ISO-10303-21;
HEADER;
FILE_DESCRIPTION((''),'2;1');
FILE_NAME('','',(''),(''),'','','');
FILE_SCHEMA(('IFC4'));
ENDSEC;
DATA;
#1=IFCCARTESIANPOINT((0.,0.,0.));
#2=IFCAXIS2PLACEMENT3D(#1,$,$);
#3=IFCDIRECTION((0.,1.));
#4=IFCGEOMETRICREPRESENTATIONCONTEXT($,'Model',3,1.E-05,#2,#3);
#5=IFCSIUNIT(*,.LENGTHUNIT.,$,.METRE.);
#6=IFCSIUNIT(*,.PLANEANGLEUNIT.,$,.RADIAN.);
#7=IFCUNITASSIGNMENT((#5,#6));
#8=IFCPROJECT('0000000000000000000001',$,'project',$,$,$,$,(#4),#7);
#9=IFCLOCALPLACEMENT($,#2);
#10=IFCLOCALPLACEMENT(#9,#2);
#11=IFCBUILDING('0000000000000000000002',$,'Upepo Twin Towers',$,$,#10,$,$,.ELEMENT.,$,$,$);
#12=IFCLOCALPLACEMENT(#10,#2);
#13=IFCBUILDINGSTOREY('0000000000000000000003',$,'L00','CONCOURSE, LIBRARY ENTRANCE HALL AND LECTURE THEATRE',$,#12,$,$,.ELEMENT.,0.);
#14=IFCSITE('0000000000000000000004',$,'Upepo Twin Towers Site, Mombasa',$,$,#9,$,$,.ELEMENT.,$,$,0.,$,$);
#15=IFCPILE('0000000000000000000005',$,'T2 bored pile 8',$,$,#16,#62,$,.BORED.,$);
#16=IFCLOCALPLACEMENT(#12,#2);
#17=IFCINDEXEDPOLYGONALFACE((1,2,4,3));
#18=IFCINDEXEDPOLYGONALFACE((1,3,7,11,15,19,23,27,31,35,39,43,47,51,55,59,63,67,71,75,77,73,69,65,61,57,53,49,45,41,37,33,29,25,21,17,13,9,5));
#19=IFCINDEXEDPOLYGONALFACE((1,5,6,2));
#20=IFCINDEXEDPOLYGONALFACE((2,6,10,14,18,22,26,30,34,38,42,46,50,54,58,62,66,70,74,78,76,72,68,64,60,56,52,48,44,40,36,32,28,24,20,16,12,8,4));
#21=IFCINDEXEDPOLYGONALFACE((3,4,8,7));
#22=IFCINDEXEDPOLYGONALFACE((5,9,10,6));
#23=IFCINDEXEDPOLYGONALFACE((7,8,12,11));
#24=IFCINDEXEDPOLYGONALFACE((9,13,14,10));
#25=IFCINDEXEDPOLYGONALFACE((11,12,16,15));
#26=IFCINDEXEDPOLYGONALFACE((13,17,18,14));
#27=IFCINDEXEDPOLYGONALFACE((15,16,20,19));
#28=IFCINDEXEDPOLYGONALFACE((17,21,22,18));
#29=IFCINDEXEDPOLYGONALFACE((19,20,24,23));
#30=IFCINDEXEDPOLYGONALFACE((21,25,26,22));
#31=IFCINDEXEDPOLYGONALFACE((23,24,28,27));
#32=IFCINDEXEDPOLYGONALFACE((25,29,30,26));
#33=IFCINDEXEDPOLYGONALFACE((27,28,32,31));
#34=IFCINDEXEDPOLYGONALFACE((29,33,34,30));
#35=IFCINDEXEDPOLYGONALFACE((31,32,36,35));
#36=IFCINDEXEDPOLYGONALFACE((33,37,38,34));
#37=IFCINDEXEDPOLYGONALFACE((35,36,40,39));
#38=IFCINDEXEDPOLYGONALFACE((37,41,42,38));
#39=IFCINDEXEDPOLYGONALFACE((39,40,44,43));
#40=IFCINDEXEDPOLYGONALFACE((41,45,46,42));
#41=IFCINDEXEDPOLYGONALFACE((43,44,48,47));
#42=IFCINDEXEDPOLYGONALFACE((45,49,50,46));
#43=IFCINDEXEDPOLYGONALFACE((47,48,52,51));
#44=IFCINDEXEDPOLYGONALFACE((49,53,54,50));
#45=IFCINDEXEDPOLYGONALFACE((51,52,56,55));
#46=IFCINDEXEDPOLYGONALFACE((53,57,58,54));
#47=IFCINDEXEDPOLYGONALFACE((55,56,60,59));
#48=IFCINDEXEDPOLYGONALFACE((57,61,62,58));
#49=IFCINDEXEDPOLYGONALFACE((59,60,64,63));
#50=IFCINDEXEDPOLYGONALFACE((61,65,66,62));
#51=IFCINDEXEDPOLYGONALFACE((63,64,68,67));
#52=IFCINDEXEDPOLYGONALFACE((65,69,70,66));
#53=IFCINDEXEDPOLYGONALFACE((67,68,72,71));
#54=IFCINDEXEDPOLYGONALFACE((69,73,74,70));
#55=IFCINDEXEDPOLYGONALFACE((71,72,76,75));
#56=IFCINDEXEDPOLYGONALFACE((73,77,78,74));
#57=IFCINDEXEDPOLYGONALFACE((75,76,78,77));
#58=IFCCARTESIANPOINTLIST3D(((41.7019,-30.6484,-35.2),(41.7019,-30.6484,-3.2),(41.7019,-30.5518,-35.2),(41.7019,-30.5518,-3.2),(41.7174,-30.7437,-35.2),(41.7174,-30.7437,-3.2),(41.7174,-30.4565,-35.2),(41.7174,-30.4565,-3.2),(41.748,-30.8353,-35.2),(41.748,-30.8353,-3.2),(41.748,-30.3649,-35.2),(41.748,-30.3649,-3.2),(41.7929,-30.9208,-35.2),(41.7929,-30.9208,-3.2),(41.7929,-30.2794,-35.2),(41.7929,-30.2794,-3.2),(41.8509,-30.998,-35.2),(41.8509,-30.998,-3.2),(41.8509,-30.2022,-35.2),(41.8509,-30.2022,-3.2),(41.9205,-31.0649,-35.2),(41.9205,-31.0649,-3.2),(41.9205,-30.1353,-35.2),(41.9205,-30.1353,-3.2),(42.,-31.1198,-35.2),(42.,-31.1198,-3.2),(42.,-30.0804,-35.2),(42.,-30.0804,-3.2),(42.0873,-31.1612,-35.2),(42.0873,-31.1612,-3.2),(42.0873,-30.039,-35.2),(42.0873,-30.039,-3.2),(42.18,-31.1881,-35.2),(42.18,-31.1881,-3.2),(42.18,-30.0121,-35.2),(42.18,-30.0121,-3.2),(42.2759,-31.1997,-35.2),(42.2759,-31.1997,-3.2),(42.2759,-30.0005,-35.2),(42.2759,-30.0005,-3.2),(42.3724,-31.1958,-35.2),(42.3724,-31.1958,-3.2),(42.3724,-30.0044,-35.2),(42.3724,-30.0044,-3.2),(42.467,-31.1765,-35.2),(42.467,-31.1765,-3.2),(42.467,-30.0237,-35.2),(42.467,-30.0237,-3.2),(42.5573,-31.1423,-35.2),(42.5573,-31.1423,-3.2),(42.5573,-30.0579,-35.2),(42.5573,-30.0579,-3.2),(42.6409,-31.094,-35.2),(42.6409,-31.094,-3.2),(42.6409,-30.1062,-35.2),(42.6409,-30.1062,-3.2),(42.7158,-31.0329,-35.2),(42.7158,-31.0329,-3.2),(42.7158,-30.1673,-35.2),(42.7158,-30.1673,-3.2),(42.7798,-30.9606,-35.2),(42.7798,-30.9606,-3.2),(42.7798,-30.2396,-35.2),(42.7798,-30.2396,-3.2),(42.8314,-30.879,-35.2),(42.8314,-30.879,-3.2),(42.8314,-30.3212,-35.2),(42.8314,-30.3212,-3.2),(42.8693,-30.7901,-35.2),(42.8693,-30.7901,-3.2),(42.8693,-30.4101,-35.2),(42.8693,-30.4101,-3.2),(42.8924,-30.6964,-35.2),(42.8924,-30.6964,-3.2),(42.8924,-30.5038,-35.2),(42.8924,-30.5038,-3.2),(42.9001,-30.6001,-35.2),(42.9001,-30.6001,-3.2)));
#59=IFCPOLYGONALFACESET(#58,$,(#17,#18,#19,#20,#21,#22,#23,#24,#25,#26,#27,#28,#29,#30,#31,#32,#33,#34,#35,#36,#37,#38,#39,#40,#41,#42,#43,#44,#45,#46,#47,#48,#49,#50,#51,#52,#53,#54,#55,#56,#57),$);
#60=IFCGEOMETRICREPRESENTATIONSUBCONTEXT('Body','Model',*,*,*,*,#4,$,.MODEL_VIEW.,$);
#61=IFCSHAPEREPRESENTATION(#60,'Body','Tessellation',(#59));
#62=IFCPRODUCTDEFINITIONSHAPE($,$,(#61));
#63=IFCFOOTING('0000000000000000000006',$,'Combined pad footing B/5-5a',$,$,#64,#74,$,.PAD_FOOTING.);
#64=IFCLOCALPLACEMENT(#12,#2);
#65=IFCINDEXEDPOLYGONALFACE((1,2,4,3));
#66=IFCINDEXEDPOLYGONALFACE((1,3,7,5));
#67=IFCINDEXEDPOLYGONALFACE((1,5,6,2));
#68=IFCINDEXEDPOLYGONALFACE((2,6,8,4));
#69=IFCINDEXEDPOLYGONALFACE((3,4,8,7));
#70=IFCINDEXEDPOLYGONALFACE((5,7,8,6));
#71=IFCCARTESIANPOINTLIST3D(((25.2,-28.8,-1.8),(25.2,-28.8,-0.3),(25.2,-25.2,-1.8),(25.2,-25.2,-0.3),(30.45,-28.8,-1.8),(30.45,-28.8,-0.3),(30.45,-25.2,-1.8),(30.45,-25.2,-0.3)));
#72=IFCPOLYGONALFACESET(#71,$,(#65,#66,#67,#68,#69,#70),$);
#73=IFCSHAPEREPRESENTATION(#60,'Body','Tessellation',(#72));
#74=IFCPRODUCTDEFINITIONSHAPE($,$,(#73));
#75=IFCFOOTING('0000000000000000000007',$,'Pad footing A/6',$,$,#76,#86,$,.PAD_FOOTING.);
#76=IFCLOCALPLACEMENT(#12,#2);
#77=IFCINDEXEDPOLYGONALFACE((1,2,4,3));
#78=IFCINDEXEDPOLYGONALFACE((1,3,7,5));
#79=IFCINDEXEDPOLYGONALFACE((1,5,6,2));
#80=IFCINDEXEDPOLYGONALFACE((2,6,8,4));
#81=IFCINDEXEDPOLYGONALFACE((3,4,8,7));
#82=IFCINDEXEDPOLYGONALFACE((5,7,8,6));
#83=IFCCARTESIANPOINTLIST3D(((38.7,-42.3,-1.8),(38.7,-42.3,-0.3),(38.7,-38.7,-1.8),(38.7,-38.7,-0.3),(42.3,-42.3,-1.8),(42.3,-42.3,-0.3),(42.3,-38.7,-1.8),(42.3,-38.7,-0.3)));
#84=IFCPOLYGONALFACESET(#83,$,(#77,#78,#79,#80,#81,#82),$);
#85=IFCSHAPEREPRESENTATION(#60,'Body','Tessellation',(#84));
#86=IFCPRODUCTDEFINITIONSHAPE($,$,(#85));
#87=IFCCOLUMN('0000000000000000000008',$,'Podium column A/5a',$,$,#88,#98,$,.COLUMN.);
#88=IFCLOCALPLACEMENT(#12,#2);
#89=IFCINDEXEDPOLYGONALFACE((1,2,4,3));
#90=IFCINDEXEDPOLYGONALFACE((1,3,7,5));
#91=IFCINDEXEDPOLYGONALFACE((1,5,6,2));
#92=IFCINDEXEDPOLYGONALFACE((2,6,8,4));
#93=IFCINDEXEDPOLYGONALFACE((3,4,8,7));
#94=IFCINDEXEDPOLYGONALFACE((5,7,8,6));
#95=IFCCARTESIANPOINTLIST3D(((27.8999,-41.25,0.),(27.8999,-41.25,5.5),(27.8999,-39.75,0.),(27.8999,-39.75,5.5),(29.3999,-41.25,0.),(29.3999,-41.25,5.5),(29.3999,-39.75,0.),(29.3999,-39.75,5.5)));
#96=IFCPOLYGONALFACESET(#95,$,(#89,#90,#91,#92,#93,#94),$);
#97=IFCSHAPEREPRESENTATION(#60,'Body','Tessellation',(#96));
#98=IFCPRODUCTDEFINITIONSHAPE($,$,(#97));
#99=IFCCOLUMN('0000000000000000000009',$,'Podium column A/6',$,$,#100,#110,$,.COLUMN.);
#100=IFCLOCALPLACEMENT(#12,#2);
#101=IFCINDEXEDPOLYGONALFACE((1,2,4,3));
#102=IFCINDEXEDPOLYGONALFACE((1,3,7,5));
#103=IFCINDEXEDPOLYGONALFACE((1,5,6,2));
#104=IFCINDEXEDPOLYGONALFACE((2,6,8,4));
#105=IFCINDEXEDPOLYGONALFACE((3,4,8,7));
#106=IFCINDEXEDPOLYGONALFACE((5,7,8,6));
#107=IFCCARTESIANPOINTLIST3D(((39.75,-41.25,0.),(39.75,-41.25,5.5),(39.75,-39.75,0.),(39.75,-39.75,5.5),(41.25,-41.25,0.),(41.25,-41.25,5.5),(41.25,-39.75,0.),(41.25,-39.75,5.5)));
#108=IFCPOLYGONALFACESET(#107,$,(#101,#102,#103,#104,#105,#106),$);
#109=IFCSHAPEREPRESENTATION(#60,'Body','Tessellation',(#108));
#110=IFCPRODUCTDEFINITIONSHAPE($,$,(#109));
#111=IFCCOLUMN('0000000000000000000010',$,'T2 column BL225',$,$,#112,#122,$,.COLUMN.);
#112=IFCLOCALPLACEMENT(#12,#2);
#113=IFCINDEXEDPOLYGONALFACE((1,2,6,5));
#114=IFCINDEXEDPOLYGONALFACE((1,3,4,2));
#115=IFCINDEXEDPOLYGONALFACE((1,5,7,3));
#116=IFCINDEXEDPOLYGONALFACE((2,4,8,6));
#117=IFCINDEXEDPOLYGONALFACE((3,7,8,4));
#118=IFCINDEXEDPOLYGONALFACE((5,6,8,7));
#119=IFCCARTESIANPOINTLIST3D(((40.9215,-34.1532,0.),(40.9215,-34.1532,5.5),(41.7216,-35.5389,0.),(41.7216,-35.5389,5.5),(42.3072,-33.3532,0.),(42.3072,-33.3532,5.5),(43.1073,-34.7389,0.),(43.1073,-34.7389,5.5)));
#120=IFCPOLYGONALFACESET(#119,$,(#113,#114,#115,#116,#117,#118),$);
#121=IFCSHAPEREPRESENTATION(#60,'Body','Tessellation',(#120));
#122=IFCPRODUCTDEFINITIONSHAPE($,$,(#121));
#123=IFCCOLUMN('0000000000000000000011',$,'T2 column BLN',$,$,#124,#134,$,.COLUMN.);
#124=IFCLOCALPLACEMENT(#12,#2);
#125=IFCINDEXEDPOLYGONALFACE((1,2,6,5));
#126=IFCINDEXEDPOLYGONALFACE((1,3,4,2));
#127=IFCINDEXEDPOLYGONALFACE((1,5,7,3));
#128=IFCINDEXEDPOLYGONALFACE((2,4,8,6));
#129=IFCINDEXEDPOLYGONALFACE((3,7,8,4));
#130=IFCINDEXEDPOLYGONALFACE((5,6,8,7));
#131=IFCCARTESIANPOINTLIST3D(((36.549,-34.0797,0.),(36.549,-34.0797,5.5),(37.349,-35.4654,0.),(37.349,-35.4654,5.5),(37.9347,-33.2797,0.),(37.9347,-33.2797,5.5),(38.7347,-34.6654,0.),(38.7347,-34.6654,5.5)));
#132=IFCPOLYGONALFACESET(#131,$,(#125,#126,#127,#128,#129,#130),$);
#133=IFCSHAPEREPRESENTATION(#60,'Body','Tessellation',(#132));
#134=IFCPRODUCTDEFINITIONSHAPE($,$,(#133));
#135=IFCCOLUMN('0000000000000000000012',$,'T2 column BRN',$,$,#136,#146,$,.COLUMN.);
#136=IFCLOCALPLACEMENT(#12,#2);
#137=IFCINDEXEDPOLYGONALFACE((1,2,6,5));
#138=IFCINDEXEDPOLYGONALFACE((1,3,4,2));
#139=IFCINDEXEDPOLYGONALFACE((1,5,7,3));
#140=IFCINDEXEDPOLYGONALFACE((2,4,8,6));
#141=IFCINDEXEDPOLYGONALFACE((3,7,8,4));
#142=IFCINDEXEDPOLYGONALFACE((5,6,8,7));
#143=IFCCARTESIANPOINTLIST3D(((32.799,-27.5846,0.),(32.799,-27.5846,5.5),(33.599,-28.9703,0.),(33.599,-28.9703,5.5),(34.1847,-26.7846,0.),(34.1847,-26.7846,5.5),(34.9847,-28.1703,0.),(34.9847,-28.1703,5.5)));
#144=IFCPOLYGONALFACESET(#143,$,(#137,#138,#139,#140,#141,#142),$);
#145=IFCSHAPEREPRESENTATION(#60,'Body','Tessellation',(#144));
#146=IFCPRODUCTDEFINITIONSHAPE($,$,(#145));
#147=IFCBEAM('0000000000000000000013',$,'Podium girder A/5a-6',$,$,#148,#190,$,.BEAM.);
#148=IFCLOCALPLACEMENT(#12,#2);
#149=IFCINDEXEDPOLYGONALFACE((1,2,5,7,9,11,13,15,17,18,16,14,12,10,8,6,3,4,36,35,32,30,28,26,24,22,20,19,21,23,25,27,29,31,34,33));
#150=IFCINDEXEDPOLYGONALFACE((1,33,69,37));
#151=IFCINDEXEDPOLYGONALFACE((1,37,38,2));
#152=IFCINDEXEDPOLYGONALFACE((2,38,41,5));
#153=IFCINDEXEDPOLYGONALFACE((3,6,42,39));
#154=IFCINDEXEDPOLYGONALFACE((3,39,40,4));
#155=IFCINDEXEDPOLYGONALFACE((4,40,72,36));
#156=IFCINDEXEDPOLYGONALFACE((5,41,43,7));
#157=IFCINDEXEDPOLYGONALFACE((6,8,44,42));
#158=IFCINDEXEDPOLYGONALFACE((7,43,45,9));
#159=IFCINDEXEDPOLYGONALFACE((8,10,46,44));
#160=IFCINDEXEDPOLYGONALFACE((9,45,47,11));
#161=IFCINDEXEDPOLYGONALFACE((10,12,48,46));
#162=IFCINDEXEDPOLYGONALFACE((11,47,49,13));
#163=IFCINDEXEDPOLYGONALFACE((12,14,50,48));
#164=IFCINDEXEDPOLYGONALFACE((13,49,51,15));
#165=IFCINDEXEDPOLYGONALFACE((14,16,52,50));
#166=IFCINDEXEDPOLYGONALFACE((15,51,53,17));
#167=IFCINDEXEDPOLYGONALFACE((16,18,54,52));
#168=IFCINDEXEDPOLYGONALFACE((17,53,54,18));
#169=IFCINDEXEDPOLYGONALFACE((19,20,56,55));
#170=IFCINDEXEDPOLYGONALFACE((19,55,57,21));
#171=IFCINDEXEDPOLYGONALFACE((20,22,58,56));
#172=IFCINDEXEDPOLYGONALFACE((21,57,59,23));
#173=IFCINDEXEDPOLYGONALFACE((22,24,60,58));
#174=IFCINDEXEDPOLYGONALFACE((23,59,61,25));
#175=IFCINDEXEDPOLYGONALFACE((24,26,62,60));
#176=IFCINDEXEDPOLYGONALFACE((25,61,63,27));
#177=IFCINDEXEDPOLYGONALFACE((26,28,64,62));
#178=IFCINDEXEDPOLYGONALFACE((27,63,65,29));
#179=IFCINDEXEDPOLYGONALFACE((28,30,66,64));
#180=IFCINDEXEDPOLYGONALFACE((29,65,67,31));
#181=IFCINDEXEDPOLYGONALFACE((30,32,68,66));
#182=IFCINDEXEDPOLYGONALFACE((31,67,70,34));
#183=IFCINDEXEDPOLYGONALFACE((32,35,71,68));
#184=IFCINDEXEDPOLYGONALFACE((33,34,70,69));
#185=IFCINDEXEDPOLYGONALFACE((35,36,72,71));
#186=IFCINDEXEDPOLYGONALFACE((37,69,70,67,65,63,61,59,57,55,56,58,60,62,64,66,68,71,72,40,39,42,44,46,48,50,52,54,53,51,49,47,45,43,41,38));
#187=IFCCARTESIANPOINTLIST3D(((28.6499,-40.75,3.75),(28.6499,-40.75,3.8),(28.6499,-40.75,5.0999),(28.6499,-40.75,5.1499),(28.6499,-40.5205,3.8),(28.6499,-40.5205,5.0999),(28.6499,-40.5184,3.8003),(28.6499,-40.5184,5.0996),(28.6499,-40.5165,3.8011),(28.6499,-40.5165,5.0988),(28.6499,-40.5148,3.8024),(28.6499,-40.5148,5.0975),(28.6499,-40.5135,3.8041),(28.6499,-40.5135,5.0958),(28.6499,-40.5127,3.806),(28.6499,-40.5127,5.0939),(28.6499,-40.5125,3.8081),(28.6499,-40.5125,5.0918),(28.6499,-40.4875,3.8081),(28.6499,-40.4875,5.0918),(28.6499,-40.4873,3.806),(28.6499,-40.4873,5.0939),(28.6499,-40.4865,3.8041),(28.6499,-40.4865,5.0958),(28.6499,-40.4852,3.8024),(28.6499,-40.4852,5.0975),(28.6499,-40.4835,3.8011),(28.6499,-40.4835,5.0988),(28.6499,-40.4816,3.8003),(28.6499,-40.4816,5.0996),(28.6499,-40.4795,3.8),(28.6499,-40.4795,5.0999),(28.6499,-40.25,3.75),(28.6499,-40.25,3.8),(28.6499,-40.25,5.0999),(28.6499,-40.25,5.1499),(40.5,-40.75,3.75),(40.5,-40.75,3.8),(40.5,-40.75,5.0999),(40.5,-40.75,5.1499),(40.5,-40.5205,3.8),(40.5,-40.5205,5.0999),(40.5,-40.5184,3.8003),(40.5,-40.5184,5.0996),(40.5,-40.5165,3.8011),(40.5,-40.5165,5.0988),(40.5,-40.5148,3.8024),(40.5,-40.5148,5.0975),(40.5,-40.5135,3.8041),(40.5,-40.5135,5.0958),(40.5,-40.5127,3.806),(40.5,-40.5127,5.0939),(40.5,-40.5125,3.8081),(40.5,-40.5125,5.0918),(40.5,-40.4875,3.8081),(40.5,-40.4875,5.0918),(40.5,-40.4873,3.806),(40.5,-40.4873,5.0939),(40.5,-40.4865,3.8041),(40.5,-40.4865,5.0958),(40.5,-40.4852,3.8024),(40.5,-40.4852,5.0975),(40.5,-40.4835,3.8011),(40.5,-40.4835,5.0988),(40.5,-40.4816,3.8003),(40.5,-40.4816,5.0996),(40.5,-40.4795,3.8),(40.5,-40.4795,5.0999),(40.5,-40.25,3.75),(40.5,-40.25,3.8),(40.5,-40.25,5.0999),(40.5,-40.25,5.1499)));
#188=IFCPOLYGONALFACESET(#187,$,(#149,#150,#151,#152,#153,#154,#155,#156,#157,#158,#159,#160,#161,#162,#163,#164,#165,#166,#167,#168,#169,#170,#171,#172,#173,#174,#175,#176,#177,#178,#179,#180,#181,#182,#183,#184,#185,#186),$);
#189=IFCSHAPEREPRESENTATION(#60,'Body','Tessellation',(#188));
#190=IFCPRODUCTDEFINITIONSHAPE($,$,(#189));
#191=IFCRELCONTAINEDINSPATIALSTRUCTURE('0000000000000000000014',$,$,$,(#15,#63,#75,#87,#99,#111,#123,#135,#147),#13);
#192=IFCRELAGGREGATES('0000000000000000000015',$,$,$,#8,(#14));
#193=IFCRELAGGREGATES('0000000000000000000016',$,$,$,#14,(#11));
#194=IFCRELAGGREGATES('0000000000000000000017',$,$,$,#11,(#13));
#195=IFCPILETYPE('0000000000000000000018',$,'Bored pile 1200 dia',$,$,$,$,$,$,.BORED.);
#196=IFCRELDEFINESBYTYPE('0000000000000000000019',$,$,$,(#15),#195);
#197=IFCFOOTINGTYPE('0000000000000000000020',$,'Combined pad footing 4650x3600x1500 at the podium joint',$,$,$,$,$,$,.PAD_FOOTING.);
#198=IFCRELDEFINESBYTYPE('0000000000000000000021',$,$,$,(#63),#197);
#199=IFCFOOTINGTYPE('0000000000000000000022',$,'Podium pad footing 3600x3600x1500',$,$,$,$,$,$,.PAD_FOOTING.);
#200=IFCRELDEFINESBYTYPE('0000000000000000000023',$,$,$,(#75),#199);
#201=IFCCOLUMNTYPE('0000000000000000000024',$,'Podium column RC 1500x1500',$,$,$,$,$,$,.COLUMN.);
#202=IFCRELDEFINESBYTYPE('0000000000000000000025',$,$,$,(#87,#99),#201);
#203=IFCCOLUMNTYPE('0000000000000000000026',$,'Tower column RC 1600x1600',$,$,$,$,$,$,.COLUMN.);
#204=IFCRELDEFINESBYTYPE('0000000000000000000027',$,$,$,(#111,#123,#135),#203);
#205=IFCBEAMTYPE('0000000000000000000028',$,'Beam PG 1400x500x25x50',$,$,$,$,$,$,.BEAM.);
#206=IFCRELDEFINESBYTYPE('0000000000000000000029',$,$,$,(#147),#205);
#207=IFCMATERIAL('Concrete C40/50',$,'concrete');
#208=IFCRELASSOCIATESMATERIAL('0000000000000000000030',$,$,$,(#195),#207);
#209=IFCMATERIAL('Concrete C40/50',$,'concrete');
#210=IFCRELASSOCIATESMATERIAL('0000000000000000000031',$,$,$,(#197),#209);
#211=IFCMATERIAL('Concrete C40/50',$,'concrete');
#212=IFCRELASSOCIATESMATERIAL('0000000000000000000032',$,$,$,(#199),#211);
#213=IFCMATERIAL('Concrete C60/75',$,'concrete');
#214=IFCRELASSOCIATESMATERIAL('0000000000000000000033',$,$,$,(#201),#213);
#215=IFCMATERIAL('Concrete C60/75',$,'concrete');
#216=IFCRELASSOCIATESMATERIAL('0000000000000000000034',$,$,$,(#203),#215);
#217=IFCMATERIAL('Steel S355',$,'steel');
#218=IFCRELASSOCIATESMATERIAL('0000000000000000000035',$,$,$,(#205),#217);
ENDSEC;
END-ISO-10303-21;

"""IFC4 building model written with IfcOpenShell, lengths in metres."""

from ifc_helpers import new_model, si_unit, direction, frame, origin, origin_2d, place, context, subcontext, project, spatial, rectangle, circle, i_section, extrude, material, material_profile, profile_set, type_object, element, save


model = new_model("IFC4")

# Units and contexts
model_context = context("Model", 3, precision=1e-05, world=origin(), true_north=direction((0.0, 1.0)))
body_context = subcontext(model_context, "Body", "Model", "MODEL_VIEW")
ifc_project = project(units=[si_unit("LENGTHUNIT", "METRE"), si_unit("PLANEANGLEUNIT", "RADIAN")], contexts=[model_context])

# Site, building, storey
site_placement = place(None, origin())
site = spatial("IfcSite", under=ifc_project, at=site_placement, Name="Upepo Twin Towers Site, Mombasa", CompositionType="ELEMENT", RefElevation=0.0)
building_placement = place(site_placement, origin())
building = spatial("IfcBuilding", under=site, at=building_placement, Name="Upepo Twin Towers", CompositionType="ELEMENT")
storey_placement = place(building_placement, origin())
storey = spatial("IfcBuildingStorey", under=building, at=storey_placement, Name="L00", Description="CONCOURSE, LIBRARY ENTRANCE HALL AND LECTURE THEATRE", CompositionType="ELEMENT", Elevation=0.0)

# Pile
ifc_material_1 = material(Name="Concrete C40/50", Category="concrete")
pile_type = type_object("IfcPileType", Name="Bored pile 1200 dia", PredefinedType="BORED", material=ifc_material_1)
for number, where, z_axis, x_axis, name in (
    (1, (42.3, -30.6001, -3.2), (0.0, 0.0, -1.0), (1.0, 0.0, 0.0), "T2 bored pile 8"),
):
    element("IfcPile", number, at=place(storey_placement, frame(where, z_axis=z_axis, x_axis=x_axis)), inside=storey, type_object=pile_type, Name=name, PredefinedType="BORED", context=body_context, shape_type="SweptSolid", body=[
        extrude(circle(Radius=0.6001, at=origin_2d()), origin(), (0.0, 0.0, 1.0), 32.0),
    ])

# Footings
ifc_material_2 = material(Name="Concrete C40/50", Category="concrete")
footing_type_1 = type_object("IfcFootingType", Name="Combined pad footing 4650x3600x1500 at the podium joint", PredefinedType="PAD_FOOTING", material=ifc_material_2)
footing_1_placement = place(storey_placement, frame((27.825, -27.0, -1.8), z_axis=(0.0, 0.0, 1.0), x_axis=(1.0, 0.0, 0.0)))
element("IfcFooting", 2, at=footing_1_placement, inside=storey, type_object=footing_type_1, Name="Combined pad footing B/5-5a", PredefinedType="PAD_FOOTING", context=body_context, shape_type="SweptSolid", body=[
    extrude(rectangle(XDim=5.25, YDim=3.6001, at=origin_2d()), origin(), (0.0, 0.0, 1.0), 1.5),
])
ifc_material_3 = material(Name="Concrete C40/50", Category="concrete")
footing_type_2 = type_object("IfcFootingType", Name="Podium pad footing 3600x3600x1500", PredefinedType="PAD_FOOTING", material=ifc_material_3)
footing_2_placement = place(storey_placement, frame((40.5, -40.5, -1.8), z_axis=(0.0, 0.0, 1.0), x_axis=(1.0, 0.0, 0.0)))
element("IfcFooting", 3, at=footing_2_placement, inside=storey, type_object=footing_type_2, Name="Pad footing A/6", PredefinedType="PAD_FOOTING", context=body_context, shape_type="SweptSolid", body=[
    extrude(rectangle(XDim=3.6001, YDim=3.6001, at=origin_2d()), origin(), (0.0, 0.0, 1.0), 1.5),
])

# Columns
ifc_material_4 = material(Name="Concrete C60/75", Category="concrete")
ifc_material_profile_1 = material_profile(ifc_material_4, rectangle(XDim=1.5, YDim=1.5, at=origin_2d()), Name="RC 1500x1500")
ifc_profile_set_1 = profile_set([ifc_material_profile_1], Name="Concrete C60/75")
column_type_1 = type_object("IfcColumnType", Name="Podium column RC 1500x1500", PredefinedType="COLUMN", material=ifc_profile_set_1)
for number, where, z_axis, x_axis, name in (
    (4, (28.6499, -40.5, 0.0), (0.0, 0.0, 1.0), (1.0, 0.0, 0.0), "Podium column A/5a"),
    (5, (40.5, -40.5, 0.0), (0.0, 0.0, 1.0), (1.0, 0.0, 0.0), "Podium column A/6"),
):
    element("IfcColumn", number, at=place(storey_placement, frame(where, z_axis=z_axis, x_axis=x_axis)), inside=storey, type_object=column_type_1, Name=name, PredefinedType="COLUMN", context=body_context, shape_type="SweptSolid", body=[
        extrude(rectangle(XDim=1.5, YDim=1.5, at=origin_2d()), origin(), (0.0, 0.0, 1.0), 5.5),
    ])
ifc_material_5 = material(Name="Concrete C60/75", Category="concrete")
ifc_material_profile_2 = material_profile(ifc_material_5, rectangle(XDim=1.6001, YDim=1.6001, at=origin_2d()), Name="RC 1600x1600")
ifc_profile_set_2 = profile_set([ifc_material_profile_2], Name="Concrete C60/75")
column_type_2 = type_object("IfcColumnType", Name="Tower column RC 1600x1600", PredefinedType="COLUMN", material=ifc_profile_set_2)
for number, where, z_axis, x_axis, name in (
    (6, (42.0144, -34.446, 0.0), (0.0, 0.0, 1.0), (0.866025, 0.5, 0.0), "T2 column BL225"),
    (7, (37.6418, -34.3726, 0.0), (0.0, 0.0, 1.0), (0.866025, 0.5, 0.0), "T2 column BLN"),
    (8, (33.8918, -27.8774, 0.0), (0.0, 0.0, 1.0), (0.866025, 0.5, 0.0), "T2 column BRN"),
):
    element("IfcColumn", number, at=place(storey_placement, frame(where, z_axis=z_axis, x_axis=x_axis)), inside=storey, type_object=column_type_2, Name=name, PredefinedType="COLUMN", context=body_context, shape_type="SweptSolid", body=[
        extrude(rectangle(XDim=1.6001, YDim=1.6001, at=origin_2d()), origin(), (0.0, 0.0, 1.0), 5.5),
    ])

# Beam
ifc_material_6 = material(Name="Steel S355", Category="steel")
ifc_material_profile_3 = material_profile(ifc_material_6, i_section(OverallWidth=0.5, OverallDepth=1.3999, WebThickness=0.0249, FlangeThickness=0.05, FilletRadius=0.0081, at=origin_2d()), Name="PG 1400x500x25x50")
ifc_profile_set_3 = profile_set([ifc_material_profile_3], Name="Steel S355")
beam_type_1 = type_object("IfcBeamType", Name="Beam PG 1400x500x25x50", PredefinedType="BEAM", material=ifc_profile_set_3)
beam_1_placement = place(storey_placement, frame((28.6499, -40.5, 4.45), z_axis=(1.0, 0.0, 0.0), x_axis=(0.0, 1.0, 0.0)))
element("IfcBeam", 9, at=beam_1_placement, inside=storey, type_object=beam_type_1, Name="Podium girder A/5a-6", PredefinedType="BEAM", context=body_context, shape_type="SweptSolid", body=[
    extrude(i_section(OverallWidth=0.5, OverallDepth=1.3999, WebThickness=0.0249, FlangeThickness=0.05, FilletRadius=0.0081, at=origin_2d()), origin(), (0.0, 0.0, 1.0), 11.8501),
])

save(model, "model.ifc")
